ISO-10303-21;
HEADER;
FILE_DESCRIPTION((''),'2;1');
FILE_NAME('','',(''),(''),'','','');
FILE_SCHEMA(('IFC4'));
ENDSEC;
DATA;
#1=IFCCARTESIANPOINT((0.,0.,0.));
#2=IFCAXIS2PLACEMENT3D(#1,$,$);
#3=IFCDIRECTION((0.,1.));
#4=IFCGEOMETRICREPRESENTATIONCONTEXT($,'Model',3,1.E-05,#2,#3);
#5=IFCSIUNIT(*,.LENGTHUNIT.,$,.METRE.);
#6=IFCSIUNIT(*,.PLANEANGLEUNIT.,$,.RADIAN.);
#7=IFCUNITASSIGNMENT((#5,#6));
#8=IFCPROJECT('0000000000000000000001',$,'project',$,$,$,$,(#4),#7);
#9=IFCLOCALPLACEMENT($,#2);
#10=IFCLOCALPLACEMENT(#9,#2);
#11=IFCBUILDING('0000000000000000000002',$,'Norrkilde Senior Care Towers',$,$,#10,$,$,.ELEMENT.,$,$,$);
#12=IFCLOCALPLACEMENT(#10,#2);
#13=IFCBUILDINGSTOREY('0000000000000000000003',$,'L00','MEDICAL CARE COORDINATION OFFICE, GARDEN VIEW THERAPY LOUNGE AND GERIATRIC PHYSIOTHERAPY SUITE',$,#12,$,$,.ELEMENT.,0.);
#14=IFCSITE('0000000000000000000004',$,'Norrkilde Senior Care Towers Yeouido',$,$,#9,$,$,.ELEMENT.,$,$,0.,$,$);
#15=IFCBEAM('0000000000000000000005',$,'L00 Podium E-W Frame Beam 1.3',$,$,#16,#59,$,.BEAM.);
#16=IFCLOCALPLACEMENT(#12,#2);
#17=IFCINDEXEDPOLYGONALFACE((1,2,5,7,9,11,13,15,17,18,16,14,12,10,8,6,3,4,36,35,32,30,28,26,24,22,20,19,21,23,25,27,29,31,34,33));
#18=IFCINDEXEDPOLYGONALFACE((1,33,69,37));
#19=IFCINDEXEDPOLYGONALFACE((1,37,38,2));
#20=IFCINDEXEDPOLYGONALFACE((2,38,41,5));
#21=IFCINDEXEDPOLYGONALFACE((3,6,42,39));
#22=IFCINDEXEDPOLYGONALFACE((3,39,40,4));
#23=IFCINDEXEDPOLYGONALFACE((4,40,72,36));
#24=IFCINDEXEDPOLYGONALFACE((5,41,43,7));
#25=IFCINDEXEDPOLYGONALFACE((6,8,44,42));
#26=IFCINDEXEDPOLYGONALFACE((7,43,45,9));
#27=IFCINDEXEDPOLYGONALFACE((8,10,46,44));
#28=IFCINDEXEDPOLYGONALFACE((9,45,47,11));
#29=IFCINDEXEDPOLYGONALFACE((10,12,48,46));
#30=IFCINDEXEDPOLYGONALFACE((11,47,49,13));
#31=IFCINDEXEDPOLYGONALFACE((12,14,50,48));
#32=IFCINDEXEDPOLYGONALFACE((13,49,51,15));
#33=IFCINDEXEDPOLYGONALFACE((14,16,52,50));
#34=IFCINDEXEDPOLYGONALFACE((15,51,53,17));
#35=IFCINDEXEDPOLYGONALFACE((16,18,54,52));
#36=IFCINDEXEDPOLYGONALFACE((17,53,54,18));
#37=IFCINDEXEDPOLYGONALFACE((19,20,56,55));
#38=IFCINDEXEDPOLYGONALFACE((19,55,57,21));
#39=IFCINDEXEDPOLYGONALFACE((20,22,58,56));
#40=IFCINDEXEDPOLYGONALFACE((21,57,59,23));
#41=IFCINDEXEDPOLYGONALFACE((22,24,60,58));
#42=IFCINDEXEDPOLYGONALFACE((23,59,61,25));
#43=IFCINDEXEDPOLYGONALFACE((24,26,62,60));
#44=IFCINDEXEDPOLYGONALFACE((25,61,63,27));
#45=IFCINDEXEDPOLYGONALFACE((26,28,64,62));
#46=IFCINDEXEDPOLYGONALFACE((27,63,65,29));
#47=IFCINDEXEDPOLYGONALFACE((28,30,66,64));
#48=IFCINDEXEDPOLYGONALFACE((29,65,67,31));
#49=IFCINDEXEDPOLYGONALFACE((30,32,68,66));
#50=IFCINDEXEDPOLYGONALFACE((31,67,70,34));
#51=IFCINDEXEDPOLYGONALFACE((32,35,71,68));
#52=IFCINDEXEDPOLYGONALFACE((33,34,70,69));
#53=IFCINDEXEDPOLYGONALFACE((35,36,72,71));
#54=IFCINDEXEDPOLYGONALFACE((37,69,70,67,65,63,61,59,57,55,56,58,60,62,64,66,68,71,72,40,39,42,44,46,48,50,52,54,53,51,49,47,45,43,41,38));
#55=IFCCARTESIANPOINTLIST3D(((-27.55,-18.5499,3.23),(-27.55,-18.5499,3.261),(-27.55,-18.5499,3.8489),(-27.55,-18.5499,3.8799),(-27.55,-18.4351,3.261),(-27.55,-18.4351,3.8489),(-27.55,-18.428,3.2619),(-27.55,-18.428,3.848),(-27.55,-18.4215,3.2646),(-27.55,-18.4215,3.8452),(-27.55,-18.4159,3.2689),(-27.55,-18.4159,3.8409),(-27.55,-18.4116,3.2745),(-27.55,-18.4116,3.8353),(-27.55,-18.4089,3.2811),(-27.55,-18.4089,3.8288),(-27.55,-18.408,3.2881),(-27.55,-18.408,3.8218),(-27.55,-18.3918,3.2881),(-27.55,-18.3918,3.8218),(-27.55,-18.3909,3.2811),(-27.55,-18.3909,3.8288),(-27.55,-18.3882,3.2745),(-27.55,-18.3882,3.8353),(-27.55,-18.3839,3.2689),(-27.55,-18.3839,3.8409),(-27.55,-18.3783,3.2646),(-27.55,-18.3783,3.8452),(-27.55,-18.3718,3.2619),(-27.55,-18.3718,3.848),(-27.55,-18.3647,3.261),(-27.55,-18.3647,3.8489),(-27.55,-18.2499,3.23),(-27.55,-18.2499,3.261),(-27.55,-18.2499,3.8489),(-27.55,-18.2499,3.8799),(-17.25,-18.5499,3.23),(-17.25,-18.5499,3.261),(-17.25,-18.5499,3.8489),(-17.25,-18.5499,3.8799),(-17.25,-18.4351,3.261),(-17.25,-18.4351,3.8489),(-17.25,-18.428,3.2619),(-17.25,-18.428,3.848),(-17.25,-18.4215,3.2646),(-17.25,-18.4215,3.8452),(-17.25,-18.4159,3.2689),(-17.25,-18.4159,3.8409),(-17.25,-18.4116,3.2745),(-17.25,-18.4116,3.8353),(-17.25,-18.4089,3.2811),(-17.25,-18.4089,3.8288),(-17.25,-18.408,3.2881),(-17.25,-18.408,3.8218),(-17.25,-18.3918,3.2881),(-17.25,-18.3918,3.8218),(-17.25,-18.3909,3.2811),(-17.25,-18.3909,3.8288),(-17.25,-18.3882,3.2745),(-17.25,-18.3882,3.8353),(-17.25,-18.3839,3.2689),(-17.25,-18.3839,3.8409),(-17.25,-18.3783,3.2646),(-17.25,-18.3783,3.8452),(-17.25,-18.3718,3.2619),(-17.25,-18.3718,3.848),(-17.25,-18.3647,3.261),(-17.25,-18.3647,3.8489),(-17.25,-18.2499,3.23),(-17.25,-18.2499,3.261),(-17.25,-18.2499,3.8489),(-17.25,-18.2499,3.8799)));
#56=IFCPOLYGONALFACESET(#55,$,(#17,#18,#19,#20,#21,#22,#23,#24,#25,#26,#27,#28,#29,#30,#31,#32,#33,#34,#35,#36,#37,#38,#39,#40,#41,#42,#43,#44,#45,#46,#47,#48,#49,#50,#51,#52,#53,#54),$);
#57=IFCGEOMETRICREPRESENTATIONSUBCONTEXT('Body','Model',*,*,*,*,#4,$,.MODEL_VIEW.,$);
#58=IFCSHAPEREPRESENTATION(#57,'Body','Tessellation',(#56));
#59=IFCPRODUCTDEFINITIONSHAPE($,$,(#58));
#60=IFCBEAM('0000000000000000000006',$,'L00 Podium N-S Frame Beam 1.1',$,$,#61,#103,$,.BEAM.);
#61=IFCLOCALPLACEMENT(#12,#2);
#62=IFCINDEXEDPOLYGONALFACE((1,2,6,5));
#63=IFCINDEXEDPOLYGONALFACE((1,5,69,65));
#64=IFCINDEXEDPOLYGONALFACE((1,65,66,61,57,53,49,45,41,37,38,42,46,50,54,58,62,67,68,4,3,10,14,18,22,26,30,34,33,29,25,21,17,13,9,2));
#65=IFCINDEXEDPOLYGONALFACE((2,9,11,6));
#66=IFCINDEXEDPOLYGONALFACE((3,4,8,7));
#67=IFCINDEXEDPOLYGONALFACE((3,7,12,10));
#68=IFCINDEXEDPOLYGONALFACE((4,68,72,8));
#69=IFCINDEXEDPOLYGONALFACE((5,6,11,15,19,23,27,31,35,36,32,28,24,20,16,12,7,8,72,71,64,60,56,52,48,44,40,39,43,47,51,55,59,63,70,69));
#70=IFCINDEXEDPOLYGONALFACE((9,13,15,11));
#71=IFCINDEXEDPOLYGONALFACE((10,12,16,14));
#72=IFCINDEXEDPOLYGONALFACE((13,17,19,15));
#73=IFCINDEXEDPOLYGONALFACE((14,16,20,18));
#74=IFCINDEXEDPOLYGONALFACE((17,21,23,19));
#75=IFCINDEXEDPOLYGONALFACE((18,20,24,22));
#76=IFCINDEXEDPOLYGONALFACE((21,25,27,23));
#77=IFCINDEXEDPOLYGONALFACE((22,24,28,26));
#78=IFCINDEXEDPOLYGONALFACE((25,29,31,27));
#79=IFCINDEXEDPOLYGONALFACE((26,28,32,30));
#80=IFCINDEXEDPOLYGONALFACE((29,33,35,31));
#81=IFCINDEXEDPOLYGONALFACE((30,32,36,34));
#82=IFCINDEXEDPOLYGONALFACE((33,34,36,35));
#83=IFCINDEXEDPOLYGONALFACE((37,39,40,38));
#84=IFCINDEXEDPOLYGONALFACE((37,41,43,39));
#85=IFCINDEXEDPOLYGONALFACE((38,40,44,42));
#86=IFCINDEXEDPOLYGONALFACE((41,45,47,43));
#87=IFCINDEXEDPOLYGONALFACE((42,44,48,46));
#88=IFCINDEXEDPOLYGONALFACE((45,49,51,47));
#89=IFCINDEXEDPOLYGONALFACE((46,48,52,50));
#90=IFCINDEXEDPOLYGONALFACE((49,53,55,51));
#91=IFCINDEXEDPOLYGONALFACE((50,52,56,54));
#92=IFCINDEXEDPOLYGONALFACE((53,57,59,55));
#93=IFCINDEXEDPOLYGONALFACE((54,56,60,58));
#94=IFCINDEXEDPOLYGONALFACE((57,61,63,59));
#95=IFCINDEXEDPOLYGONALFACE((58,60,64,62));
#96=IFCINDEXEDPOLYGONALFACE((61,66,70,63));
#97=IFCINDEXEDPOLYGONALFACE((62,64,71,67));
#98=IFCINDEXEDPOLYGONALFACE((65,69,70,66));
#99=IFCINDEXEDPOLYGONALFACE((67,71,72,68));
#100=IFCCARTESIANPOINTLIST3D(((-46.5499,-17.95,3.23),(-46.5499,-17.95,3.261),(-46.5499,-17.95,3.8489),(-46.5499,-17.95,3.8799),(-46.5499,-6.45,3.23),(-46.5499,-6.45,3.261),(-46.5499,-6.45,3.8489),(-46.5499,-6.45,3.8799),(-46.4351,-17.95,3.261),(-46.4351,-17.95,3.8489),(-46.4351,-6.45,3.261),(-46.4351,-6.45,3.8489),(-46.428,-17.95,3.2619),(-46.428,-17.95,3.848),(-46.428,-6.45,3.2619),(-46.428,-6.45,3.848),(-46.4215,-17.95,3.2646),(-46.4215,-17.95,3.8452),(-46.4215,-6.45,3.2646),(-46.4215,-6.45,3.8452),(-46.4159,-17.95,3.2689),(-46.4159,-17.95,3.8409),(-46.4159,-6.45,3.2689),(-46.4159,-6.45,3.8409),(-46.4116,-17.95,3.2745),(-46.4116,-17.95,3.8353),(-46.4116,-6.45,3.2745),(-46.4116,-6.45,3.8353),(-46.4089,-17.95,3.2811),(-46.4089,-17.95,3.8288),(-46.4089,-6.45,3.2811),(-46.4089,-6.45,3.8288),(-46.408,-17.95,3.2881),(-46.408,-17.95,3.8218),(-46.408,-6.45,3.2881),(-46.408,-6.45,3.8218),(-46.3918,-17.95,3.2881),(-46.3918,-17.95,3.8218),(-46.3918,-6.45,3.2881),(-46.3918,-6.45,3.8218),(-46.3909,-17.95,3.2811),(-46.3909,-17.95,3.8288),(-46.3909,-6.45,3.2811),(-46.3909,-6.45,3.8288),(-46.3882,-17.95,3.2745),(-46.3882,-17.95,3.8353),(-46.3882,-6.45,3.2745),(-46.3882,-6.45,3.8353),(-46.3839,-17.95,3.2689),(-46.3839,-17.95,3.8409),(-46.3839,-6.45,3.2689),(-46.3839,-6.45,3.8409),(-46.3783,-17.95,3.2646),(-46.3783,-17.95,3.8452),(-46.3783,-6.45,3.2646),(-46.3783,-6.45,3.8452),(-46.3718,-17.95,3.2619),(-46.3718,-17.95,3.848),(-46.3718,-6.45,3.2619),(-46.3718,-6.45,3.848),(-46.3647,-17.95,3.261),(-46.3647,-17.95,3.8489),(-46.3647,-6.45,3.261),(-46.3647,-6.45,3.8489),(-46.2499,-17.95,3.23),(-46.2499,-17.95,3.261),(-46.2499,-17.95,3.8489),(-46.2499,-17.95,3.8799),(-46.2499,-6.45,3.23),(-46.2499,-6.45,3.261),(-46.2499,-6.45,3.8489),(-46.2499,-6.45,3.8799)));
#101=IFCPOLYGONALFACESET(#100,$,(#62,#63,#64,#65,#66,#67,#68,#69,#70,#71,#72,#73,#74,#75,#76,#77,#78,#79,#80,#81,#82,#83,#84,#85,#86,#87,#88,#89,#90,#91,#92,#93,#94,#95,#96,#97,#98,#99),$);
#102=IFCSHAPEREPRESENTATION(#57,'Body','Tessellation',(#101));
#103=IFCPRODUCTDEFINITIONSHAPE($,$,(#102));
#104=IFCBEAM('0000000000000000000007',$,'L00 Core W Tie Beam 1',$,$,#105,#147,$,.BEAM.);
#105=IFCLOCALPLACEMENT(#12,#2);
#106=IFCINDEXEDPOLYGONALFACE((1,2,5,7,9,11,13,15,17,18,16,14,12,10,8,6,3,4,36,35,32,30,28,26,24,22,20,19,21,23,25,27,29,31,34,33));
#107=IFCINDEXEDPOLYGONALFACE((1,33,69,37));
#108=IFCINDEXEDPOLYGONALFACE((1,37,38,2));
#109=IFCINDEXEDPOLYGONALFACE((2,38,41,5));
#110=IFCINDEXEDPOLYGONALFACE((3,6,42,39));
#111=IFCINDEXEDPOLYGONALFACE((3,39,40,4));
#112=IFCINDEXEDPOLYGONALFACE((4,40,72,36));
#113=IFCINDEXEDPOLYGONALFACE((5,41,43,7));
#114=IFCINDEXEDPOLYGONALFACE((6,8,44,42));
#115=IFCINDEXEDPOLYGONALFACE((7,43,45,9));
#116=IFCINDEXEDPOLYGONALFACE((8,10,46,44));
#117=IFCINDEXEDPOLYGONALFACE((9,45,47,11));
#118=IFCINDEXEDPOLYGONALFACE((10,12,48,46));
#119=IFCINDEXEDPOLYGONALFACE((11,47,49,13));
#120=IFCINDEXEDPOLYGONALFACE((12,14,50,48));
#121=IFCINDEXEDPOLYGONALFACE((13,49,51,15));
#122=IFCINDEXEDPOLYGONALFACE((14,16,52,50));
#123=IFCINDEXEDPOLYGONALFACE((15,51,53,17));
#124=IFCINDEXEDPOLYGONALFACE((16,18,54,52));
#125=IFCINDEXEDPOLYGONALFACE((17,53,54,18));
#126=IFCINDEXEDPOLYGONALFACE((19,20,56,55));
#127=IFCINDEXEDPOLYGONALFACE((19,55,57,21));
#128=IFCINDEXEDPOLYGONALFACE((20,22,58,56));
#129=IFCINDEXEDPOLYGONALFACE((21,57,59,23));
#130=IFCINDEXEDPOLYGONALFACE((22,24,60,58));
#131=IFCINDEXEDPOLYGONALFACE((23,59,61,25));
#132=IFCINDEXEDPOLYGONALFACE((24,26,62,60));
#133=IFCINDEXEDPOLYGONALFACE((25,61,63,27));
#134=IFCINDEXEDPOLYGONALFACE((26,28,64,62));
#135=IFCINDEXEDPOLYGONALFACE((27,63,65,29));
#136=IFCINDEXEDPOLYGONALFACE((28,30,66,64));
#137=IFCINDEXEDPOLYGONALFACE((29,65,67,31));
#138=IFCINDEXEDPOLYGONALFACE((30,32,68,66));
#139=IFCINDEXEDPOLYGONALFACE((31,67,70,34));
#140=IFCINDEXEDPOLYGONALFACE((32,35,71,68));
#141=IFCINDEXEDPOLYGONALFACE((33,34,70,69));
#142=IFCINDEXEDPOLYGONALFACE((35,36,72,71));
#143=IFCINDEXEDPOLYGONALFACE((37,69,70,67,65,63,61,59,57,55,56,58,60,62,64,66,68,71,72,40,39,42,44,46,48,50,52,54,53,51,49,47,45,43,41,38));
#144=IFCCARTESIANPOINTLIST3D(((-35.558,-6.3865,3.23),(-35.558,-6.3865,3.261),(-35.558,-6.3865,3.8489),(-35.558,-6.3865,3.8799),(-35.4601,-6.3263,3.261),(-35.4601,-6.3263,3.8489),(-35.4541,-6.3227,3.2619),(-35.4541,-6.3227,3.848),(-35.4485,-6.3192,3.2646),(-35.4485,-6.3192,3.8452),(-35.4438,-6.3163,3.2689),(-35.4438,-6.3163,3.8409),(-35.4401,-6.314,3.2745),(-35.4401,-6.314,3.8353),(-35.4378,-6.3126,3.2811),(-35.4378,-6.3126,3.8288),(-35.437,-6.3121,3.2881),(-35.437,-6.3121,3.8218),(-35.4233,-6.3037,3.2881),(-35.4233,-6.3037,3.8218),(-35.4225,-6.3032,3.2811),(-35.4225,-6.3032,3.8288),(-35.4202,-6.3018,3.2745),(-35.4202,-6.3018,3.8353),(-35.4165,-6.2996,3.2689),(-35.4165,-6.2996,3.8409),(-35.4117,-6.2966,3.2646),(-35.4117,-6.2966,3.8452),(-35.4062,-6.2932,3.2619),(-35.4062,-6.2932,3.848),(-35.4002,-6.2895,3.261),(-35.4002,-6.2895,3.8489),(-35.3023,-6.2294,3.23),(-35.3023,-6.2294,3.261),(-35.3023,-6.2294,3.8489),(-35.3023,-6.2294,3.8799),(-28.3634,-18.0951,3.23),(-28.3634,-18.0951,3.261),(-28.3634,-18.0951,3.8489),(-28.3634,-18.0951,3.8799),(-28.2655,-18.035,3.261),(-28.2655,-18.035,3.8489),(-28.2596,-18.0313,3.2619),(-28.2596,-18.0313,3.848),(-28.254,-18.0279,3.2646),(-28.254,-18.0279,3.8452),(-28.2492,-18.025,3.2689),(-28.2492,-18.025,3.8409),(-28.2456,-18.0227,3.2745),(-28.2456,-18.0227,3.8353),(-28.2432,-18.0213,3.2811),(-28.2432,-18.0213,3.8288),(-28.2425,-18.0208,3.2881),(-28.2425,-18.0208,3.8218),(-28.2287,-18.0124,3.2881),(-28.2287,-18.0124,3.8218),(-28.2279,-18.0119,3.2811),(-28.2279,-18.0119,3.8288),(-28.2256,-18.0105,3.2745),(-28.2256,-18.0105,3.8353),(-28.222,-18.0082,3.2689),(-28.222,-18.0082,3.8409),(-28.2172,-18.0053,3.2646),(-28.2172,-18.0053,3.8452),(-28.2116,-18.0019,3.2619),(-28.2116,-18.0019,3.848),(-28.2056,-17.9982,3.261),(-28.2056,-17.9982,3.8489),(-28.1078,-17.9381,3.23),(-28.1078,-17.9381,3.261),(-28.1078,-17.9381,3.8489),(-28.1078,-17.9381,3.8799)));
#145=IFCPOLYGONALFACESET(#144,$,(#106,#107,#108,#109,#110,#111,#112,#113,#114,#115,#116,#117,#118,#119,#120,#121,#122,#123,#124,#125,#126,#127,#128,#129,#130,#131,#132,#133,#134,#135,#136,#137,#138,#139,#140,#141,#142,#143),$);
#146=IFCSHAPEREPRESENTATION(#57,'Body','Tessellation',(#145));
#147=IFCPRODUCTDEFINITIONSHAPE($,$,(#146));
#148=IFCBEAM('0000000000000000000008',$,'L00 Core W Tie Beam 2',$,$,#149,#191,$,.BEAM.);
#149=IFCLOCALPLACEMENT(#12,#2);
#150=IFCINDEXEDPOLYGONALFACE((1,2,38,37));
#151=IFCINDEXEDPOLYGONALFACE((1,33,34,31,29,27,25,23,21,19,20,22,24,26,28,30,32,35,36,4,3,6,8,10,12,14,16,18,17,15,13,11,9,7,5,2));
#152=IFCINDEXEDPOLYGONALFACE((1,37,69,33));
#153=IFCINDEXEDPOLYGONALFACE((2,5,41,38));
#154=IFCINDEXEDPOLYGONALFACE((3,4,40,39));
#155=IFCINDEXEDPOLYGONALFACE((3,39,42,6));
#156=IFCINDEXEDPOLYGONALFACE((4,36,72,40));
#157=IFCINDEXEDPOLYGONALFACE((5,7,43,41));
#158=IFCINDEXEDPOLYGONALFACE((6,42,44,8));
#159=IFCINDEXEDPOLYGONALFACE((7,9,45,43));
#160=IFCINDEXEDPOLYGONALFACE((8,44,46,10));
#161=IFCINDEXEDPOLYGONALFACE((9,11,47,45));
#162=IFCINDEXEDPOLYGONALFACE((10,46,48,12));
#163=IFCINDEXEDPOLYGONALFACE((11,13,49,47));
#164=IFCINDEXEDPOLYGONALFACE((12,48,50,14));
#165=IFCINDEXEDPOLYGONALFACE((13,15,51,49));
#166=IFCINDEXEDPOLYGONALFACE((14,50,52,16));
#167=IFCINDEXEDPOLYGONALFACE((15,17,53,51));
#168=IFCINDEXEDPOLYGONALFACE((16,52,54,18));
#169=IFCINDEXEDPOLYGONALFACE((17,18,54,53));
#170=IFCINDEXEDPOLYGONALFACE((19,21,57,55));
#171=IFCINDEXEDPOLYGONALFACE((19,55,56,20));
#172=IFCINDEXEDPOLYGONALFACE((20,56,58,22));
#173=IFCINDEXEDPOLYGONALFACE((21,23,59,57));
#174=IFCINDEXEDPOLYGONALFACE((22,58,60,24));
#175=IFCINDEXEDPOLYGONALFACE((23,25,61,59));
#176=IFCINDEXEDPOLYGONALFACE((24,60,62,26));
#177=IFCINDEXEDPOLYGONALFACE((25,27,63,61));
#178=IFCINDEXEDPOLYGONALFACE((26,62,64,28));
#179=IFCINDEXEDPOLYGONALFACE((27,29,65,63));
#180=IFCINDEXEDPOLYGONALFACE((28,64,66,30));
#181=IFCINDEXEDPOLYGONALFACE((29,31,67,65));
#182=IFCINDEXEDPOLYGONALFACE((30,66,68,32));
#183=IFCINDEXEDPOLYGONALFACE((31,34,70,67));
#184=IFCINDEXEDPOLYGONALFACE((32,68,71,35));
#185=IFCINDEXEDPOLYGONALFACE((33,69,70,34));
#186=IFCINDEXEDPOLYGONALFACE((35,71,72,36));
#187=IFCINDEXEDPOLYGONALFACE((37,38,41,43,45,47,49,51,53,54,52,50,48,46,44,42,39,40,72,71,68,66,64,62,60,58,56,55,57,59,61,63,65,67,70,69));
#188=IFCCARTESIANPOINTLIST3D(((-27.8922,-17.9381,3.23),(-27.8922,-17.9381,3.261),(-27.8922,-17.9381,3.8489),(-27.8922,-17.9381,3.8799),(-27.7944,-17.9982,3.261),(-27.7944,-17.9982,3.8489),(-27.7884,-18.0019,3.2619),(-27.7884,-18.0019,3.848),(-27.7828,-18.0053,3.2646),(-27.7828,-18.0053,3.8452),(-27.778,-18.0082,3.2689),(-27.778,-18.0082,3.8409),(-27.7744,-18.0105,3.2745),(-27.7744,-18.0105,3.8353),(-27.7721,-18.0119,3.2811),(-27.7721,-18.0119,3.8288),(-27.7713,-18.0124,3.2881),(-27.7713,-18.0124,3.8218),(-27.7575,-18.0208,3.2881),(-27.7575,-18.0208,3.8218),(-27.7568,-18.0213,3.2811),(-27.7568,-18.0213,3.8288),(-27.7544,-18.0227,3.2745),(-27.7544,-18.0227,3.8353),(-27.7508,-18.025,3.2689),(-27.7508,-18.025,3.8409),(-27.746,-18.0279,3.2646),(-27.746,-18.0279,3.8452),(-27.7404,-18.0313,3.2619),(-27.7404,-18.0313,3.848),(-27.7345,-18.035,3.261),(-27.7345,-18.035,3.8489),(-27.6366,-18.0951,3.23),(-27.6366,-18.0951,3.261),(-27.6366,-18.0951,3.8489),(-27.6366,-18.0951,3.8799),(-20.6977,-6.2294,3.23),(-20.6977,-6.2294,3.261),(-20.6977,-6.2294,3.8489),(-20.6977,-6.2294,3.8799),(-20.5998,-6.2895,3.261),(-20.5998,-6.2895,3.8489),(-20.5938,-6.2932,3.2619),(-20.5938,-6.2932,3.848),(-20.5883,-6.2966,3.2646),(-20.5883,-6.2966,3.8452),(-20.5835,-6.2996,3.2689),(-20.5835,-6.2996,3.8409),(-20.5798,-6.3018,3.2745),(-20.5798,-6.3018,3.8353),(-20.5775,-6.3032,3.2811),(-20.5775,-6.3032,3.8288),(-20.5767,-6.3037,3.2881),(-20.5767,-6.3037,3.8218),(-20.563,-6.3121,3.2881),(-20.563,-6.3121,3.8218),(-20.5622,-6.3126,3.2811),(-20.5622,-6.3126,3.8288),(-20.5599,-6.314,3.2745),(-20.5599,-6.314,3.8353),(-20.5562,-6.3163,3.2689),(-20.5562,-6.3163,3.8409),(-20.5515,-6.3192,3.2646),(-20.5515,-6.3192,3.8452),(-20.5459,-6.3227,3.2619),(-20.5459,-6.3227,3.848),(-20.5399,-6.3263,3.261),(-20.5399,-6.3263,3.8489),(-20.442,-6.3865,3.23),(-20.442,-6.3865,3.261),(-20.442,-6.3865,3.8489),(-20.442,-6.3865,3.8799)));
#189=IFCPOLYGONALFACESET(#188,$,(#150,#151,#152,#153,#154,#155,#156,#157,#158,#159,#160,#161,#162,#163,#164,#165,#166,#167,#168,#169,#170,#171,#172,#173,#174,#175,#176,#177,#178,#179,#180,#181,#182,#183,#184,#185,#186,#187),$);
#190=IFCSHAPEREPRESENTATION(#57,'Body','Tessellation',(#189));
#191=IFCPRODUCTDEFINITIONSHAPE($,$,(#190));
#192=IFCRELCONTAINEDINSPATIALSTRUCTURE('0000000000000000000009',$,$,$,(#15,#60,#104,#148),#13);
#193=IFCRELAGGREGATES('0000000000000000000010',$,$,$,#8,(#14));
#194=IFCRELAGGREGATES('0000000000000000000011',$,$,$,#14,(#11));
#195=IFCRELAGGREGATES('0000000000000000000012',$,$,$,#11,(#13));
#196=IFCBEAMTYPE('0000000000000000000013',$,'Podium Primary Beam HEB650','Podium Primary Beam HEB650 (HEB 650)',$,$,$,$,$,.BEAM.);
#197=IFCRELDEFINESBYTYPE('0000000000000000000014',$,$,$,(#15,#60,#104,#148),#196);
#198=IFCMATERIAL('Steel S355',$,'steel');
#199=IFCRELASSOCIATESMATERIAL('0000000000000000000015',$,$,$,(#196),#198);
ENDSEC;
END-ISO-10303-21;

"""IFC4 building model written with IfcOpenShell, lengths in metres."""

from ifc_helpers import new_model, si_unit, direction, frame, origin, origin_2d, place, context, subcontext, project, spatial, i_section, extrude, source, transform, mapped, material, material_profile, profile_set, type_object, element, save


model = new_model("IFC4")

# Units and contexts
model_context = context("Model", 3, precision=1e-05, world=origin(), true_north=direction((0.0, 1.0)))
body_context = subcontext(model_context, "Body", "Model", "MODEL_VIEW")
ifc_project = project(units=[si_unit("LENGTHUNIT", "METRE"), si_unit("PLANEANGLEUNIT", "RADIAN")], contexts=[model_context])

# Site, building, storey
site_placement = place(None, origin())
site = spatial("IfcSite", under=ifc_project, at=site_placement, Name="Norrkilde Senior Care Towers Yeouido", CompositionType="ELEMENT", RefElevation=0.0)
building_placement = place(site_placement, origin())
building = spatial("IfcBuilding", under=site, at=building_placement, Name="Norrkilde Senior Care Towers", CompositionType="ELEMENT")
storey_placement = place(building_placement, origin())
storey = spatial("IfcBuildingStorey", under=building, at=storey_placement, Name="L00", Description="MEDICAL CARE COORDINATION OFFICE, GARDEN VIEW THERAPY LOUNGE AND GERIATRIC PHYSIOTHERAPY SUITE", CompositionType="ELEMENT", Elevation=0.0)

# Beams
ifc_material_1 = material(Name="Steel S355", Category="steel")
ifc_material_profile_1 = material_profile(ifc_material_1, i_section(OverallWidth=0.3, OverallDepth=0.6499, WebThickness=0.0161, FlangeThickness=0.031, FilletRadius=0.0271, at=origin_2d()), Name="HEB 650")
ifc_profile_set_1 = profile_set([ifc_material_profile_1], Name="Steel S355")
beam_type_1 = type_object("IfcBeamType", Name="Podium Primary Beam HEB650", Description="Podium Primary Beam HEB650 (HEB 650)", PredefinedType="BEAM", material=ifc_profile_set_1)
shared_shape_1 = source(origin(), body_context, "Body", "SweptSolid", [
    extrude(i_section(OverallWidth=0.3, OverallDepth=0.6499, WebThickness=0.0161, FlangeThickness=0.031, FilletRadius=0.0271, at=origin_2d()), origin(), (0.0, 0.0, 1.0), 10.3),
])
beam_1_placement = place(storey_placement, frame((-27.55, -18.3999, 3.5549), z_axis=(1.0, 0.0, 0.0), x_axis=(0.0, 1.0, 0.0)))
element("IfcBeam", 1, at=beam_1_placement, inside=storey, type_object=beam_type_1, Name="L00 Podium E-W Frame Beam 1.3", PredefinedType="BEAM", context=body_context, shape_type="MappedRepresentation", body=[
    mapped(shared_shape_1, transform((0.0, 0.0, 0.0), x_axis=(1.0, 0.0, 0.0), y_axis=(0.0, 1.0, 0.0), z_axis=(0.0, 0.0, 1.0), scale=1.0)),
])
shared_shape_2 = source(origin(), body_context, "Body", "SweptSolid", [
    extrude(i_section(OverallWidth=0.3, OverallDepth=0.6499, WebThickness=0.0161, FlangeThickness=0.031, FilletRadius=0.0271, at=origin_2d()), origin(), (0.0, 0.0, 1.0), 11.5),
])
beam_2_placement = place(storey_placement, frame((-46.3999, -17.95, 3.5549), z_axis=(0.0, 1.0, 0.0), x_axis=(-1.0, 0.0, 0.0)))
element("IfcBeam", 2, at=beam_2_placement, inside=storey, type_object=beam_type_1, Name="L00 Podium N-S Frame Beam 1.1", PredefinedType="BEAM", context=body_context, shape_type="MappedRepresentation", body=[
    mapped(shared_shape_2, transform((0.0, 0.0, 0.0), x_axis=(1.0, 0.0, 0.0), y_axis=(0.0, 1.0, 0.0), z_axis=(0.0, 0.0, 1.0), scale=1.0)),
])
shared_shape_3 = source(origin(), body_context, "Body", "SweptSolid", [
    extrude(i_section(OverallWidth=0.3, OverallDepth=0.6499, WebThickness=0.0161, FlangeThickness=0.031, FilletRadius=0.0271, at=origin_2d()), origin(), (0.0, 0.0, 1.0), 13.7424),
])
for number, where, z_axis, x_axis, name in (
    (3, (-28.2356, -18.0166, 3.5549), (-0.523527, 0.852009, 0.0), (-0.852009, -0.523527, 0.0), "L00 Core W Tie Beam 1"),
    (4, (-27.7644, -18.0166, 3.5549), (0.523527, 0.852009, 0.0), (-0.852009, 0.523527, 0.0), "L00 Core W Tie Beam 2"),
):
    element("IfcBeam", number, at=place(storey_placement, frame(where, z_axis=z_axis, x_axis=x_axis)), inside=storey, type_object=beam_type_1, Name=name, PredefinedType="BEAM", context=body_context, shape_type="MappedRepresentation", body=[
        mapped(shared_shape_3, transform((0.0, 0.0, 0.0), x_axis=(1.0, 0.0, 0.0), y_axis=(0.0, 1.0, 0.0), z_axis=(0.0, 0.0, 1.0), scale=1.0)),
    ])

save(model, "model.ifc")
